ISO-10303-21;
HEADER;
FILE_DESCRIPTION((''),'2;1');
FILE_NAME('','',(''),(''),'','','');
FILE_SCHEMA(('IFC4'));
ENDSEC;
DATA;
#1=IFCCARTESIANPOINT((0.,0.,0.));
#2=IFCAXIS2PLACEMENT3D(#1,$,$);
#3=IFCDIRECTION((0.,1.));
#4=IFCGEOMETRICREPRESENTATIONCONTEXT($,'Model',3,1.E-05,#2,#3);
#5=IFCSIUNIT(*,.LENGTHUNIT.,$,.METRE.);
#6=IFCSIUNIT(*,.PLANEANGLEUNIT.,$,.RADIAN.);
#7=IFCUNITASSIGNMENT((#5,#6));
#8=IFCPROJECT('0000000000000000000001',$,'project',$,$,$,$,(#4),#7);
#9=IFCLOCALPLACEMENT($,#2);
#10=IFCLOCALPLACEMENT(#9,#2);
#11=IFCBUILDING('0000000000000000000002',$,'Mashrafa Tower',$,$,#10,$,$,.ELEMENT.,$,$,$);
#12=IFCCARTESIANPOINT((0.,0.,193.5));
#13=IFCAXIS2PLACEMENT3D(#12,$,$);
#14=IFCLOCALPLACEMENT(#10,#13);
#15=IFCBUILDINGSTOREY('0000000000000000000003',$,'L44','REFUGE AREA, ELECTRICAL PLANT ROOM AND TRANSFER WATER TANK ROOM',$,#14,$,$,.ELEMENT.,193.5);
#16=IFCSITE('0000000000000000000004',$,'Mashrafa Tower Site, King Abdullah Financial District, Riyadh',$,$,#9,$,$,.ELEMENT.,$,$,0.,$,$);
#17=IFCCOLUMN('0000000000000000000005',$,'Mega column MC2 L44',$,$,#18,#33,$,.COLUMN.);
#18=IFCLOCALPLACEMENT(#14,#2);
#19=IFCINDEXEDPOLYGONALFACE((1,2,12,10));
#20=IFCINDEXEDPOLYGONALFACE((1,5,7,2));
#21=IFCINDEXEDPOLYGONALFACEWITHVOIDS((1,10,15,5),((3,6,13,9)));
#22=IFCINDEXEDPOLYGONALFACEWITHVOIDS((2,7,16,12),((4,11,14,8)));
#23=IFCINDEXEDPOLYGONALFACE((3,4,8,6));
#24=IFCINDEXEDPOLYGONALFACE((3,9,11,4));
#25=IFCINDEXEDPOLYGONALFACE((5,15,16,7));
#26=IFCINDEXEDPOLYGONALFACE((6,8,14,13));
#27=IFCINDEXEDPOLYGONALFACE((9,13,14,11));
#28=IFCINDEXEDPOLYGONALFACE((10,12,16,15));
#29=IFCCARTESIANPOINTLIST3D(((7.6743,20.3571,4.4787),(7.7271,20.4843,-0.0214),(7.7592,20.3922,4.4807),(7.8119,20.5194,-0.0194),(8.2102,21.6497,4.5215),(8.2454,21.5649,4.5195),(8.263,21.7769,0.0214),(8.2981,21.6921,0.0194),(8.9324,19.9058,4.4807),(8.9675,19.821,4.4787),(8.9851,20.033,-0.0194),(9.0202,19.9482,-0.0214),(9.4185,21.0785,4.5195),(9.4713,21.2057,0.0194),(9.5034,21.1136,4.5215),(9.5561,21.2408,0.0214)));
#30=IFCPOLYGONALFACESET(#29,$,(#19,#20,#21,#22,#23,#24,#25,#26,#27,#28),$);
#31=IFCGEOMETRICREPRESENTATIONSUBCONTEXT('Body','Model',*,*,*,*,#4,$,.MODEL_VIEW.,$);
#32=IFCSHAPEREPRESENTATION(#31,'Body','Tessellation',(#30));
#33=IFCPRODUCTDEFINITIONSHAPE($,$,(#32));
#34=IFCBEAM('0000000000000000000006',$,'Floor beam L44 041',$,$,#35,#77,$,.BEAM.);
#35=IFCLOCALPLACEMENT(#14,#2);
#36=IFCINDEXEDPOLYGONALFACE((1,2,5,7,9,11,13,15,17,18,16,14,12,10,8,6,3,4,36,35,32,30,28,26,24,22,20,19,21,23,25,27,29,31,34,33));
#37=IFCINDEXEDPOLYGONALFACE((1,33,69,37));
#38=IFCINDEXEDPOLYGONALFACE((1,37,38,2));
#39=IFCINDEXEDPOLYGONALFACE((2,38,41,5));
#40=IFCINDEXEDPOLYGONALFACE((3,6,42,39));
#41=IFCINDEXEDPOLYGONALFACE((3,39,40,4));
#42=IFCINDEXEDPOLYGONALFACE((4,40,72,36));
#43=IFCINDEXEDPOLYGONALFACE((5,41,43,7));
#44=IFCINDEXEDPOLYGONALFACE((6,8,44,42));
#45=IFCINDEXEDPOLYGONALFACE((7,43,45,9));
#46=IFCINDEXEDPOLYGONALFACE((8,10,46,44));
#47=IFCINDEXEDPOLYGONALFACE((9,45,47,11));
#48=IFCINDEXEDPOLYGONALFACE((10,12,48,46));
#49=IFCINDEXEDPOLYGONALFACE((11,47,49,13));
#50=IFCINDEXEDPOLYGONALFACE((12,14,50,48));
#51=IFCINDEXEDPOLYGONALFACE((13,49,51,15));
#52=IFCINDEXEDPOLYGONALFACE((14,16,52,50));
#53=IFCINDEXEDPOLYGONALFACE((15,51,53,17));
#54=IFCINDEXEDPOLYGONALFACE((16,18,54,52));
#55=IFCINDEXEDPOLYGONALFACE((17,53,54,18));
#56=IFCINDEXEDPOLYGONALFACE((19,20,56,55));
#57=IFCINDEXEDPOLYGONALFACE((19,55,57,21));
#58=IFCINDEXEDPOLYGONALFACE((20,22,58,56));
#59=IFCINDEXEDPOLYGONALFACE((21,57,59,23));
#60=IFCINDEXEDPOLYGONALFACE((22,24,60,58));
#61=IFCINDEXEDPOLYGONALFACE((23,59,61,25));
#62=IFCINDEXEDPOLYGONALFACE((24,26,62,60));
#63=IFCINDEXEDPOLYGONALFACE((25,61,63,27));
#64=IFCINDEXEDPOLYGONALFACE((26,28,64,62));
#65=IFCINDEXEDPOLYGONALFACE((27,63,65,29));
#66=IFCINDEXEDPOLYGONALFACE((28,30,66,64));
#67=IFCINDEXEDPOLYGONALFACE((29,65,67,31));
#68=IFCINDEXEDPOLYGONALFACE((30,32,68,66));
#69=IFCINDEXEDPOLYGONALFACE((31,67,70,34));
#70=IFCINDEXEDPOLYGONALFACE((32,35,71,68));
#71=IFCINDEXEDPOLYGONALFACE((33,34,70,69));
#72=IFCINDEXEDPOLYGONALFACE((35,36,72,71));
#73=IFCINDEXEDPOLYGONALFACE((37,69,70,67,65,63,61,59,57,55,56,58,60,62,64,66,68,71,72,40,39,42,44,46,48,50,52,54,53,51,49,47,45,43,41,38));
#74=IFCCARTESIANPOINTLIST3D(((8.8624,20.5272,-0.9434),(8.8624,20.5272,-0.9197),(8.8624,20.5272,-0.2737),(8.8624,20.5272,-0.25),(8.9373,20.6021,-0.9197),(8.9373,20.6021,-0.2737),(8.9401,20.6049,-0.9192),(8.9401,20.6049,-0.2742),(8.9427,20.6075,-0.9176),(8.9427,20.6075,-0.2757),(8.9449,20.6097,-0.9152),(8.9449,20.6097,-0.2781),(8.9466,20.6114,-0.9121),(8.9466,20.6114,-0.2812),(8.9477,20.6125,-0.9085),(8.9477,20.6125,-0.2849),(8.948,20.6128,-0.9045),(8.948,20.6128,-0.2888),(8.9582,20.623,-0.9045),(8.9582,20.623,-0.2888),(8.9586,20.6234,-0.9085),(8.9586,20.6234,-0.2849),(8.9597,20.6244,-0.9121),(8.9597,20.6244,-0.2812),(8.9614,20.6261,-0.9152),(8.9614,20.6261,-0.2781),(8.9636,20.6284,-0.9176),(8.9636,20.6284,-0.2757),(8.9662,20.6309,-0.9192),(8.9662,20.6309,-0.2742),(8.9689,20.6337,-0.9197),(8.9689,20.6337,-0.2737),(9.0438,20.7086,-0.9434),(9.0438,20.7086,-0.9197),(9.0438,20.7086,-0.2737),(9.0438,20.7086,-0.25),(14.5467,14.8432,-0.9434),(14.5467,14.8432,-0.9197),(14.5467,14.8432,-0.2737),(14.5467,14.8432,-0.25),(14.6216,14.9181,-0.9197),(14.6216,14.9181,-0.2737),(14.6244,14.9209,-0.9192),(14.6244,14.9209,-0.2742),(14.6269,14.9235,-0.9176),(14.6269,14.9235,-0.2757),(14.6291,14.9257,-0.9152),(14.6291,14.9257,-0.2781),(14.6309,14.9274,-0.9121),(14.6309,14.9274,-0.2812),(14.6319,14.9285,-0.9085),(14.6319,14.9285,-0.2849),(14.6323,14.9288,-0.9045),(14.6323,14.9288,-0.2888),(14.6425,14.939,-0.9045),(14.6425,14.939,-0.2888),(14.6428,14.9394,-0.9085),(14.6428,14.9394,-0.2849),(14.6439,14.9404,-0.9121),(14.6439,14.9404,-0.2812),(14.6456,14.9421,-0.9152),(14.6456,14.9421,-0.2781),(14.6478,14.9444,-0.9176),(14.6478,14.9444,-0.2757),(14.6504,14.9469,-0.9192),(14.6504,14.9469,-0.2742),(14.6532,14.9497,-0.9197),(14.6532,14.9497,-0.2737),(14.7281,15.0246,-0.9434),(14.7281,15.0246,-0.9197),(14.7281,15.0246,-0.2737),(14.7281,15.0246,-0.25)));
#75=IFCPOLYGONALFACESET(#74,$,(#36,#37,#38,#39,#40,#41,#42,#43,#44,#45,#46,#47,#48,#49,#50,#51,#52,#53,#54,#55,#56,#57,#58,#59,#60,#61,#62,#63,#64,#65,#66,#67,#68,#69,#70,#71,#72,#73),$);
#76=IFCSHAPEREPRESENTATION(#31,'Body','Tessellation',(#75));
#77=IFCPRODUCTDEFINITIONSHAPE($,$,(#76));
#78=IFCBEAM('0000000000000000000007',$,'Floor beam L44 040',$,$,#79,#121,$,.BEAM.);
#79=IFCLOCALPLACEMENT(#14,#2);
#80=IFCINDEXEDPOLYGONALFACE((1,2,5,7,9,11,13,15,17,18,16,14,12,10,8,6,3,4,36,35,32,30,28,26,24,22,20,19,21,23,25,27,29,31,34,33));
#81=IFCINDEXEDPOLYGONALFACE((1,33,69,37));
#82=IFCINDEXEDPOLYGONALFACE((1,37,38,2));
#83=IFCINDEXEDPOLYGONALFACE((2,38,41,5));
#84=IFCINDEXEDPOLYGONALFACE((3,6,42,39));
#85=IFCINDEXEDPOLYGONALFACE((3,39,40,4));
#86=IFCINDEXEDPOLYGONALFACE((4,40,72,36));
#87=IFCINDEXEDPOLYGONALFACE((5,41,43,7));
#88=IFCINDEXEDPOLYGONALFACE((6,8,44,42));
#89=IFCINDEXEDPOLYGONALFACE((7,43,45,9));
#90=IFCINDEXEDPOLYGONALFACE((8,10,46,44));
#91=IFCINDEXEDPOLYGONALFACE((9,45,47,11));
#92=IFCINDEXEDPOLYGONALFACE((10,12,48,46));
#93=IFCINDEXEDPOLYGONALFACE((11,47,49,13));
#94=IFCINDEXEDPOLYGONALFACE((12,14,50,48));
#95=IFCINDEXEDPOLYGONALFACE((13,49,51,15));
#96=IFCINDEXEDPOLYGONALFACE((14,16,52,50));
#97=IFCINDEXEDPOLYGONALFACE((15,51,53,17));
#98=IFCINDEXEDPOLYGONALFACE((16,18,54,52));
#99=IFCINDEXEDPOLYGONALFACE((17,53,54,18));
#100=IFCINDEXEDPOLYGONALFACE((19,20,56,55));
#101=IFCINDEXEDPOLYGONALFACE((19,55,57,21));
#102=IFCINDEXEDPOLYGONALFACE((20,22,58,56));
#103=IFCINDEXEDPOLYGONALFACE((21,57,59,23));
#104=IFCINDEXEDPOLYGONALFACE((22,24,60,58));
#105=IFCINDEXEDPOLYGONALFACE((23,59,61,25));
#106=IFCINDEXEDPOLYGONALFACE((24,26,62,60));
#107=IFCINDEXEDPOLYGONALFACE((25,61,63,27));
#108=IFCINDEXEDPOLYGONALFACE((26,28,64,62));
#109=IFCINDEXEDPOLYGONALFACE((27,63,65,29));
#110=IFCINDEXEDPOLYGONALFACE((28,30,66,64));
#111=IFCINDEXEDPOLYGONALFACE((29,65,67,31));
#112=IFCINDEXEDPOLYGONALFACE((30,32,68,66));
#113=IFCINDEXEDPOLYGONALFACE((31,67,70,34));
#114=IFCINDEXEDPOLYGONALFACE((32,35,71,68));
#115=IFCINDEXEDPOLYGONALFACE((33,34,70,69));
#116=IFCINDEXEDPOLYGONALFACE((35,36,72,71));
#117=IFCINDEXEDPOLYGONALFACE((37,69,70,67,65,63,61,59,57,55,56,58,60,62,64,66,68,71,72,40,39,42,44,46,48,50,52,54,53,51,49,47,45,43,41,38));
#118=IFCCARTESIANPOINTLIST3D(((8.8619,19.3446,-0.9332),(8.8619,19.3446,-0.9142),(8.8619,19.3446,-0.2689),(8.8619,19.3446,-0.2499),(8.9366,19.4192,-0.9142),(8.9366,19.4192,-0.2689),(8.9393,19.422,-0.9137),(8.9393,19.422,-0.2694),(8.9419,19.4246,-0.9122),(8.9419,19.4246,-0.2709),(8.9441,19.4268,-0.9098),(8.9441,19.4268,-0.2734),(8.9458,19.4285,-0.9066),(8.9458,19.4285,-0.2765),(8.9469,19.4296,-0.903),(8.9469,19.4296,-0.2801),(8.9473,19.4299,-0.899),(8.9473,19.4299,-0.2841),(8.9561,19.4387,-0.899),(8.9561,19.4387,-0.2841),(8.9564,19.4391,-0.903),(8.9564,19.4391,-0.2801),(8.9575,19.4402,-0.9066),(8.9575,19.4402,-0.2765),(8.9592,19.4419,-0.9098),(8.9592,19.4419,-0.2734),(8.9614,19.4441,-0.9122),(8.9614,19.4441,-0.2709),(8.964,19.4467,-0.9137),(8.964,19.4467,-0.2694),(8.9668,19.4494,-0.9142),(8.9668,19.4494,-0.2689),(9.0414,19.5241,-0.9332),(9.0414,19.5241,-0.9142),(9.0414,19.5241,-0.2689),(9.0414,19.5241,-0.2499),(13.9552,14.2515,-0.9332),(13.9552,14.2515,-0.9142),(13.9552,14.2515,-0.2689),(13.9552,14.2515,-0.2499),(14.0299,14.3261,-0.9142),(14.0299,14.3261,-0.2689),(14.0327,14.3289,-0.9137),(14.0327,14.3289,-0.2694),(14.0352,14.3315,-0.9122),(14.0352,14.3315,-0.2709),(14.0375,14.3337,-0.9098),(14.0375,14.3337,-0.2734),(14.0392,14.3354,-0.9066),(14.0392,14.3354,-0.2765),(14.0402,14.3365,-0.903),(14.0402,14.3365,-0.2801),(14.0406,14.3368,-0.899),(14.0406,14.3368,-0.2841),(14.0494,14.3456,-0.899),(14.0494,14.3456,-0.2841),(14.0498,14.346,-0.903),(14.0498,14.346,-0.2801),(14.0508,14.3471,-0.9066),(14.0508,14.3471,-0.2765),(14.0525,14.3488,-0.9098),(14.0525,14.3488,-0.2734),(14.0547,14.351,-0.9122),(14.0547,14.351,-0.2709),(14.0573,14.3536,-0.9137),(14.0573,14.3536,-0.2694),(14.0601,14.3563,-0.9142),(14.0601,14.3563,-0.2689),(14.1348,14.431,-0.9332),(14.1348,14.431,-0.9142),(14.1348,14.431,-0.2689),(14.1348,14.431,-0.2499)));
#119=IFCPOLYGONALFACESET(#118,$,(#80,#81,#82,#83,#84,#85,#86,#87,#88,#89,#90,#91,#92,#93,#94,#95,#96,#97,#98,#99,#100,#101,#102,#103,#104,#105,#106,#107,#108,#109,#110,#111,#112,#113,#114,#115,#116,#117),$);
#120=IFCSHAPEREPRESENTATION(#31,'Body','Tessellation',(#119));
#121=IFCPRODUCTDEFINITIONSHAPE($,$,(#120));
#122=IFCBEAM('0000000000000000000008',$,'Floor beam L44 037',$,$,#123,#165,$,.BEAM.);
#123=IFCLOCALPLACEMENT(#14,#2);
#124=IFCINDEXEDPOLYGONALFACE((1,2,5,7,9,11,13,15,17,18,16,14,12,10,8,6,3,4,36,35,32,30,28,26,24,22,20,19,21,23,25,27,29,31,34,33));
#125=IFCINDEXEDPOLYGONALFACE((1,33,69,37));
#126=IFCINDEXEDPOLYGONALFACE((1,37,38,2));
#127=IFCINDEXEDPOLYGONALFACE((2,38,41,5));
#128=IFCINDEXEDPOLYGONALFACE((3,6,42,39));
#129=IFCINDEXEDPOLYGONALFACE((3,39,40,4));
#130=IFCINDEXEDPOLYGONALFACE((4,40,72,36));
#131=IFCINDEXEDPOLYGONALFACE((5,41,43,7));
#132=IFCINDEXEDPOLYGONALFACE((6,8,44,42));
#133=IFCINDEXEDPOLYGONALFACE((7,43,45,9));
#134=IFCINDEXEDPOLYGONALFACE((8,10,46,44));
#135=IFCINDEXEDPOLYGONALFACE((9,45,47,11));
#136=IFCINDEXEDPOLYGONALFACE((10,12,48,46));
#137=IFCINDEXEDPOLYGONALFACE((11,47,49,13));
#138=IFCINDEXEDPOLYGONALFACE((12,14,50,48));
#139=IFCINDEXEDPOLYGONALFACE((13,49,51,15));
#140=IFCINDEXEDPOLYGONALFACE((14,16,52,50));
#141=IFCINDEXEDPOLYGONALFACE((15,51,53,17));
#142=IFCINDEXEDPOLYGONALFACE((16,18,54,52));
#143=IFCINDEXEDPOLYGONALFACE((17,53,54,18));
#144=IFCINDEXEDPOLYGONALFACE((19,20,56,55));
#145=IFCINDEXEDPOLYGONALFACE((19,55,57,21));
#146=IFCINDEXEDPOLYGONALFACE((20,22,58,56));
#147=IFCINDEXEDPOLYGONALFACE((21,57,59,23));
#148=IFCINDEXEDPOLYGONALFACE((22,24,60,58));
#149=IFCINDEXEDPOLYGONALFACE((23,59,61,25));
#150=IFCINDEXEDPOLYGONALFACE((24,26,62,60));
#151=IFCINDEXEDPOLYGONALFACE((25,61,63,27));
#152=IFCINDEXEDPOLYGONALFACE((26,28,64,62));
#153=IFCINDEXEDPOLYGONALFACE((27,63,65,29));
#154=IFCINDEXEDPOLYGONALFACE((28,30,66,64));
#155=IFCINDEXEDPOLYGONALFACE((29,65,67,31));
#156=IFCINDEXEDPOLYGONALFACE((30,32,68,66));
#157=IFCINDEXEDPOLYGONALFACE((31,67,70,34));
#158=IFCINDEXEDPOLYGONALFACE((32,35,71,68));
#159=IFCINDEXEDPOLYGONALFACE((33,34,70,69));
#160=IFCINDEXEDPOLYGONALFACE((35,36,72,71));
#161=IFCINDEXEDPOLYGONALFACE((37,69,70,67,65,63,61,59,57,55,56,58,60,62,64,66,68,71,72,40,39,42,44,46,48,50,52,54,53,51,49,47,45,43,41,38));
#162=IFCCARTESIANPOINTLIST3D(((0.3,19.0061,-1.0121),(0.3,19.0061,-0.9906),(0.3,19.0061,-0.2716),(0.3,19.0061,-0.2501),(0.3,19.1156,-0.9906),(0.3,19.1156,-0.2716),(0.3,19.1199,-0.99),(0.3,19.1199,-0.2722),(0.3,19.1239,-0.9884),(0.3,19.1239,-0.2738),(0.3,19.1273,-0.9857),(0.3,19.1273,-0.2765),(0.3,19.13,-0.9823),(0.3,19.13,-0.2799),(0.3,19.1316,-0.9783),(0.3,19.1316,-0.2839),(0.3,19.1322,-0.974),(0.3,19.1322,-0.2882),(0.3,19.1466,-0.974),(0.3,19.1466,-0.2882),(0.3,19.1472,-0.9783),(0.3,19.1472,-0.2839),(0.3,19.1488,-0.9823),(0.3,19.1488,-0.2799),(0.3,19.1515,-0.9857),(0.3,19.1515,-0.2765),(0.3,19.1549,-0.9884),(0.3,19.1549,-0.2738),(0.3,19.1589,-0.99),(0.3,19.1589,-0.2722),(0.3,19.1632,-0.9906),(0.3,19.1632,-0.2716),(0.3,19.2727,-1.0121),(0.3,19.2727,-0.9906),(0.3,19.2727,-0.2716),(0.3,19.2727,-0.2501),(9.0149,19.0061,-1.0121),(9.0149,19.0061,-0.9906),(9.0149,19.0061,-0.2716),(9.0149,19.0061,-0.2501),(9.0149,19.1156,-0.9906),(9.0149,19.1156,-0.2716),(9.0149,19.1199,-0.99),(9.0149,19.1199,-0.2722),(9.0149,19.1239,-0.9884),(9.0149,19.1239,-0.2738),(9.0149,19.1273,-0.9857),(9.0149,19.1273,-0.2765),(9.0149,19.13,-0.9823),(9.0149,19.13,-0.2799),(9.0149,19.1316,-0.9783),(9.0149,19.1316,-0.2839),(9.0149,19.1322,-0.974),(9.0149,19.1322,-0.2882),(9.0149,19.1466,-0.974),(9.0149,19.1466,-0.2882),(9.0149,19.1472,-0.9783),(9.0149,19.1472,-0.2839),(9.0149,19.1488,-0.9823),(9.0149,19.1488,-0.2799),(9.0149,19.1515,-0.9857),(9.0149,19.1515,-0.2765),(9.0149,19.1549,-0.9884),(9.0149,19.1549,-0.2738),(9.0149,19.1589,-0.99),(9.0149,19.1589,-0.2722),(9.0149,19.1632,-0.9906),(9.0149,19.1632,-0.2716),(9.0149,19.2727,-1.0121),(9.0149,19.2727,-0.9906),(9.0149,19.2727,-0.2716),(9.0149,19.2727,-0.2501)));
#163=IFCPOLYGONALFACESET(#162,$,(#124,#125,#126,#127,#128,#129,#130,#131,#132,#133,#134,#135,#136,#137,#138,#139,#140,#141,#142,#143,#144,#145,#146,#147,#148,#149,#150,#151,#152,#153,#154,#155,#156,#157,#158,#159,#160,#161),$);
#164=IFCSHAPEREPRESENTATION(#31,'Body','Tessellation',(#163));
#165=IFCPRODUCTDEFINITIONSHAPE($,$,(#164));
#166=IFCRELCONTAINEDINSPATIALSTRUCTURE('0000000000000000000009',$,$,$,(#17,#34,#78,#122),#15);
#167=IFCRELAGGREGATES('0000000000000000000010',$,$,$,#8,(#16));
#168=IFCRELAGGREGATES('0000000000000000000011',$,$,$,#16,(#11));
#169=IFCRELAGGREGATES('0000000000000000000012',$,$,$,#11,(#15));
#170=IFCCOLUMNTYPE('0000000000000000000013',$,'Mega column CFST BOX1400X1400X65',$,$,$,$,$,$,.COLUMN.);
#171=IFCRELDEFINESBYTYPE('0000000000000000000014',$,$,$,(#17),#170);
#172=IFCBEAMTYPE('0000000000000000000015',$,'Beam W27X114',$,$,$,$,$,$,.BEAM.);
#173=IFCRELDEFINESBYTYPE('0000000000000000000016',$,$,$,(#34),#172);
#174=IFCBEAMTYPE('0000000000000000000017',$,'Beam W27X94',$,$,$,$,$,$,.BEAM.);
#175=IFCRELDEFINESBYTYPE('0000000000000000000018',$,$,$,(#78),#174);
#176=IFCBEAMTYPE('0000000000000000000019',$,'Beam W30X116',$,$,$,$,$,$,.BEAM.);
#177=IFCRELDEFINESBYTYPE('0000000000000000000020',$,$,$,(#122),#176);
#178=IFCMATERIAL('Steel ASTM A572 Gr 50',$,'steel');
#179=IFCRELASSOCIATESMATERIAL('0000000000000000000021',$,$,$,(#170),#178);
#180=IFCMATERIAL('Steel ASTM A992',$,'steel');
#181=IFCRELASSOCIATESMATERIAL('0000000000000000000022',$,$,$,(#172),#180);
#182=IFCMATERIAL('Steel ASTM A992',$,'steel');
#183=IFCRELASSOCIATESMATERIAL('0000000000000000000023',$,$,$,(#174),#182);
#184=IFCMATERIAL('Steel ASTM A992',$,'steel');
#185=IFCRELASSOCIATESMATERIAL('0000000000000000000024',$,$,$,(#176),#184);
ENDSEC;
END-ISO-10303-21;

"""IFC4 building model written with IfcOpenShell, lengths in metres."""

from ifc_helpers import new_model, si_unit, direction, frame, origin, origin_2d, place, context, subcontext, project, spatial, hollow_rectangle, i_section, extrude, material, material_profile, profile_set, type_object, element, save


model = new_model("IFC4")

# Units and contexts
model_context = context("Model", 3, precision=1e-05, world=origin(), true_north=direction((0.0, 1.0)))
body_context = subcontext(model_context, "Body", "Model", "MODEL_VIEW")
ifc_project = project(units=[si_unit("LENGTHUNIT", "METRE"), si_unit("PLANEANGLEUNIT", "RADIAN")], contexts=[model_context])

# Site, building, storey
site_placement = place(None, origin())
site = spatial("IfcSite", under=ifc_project, at=site_placement, Name="Mashrafa Tower Site, King Abdullah Financial District, Riyadh", CompositionType="ELEMENT", RefElevation=0.0)
building_placement = place(site_placement, origin())
building = spatial("IfcBuilding", under=site, at=building_placement, Name="Mashrafa Tower", CompositionType="ELEMENT")
storey_placement = place(building_placement, frame((0.0, 0.0, 193.5)))
storey = spatial("IfcBuildingStorey", under=building, at=storey_placement, Name="L44", Description="REFUGE AREA, ELECTRICAL PLANT ROOM AND TRANSFER WATER TANK ROOM", CompositionType="ELEMENT", Elevation=193.5)

# Column
ifc_material_1 = material(Name="Steel ASTM A572 Gr 50", Category="steel")
ifc_material_profile_1 = material_profile(ifc_material_1, hollow_rectangle(XDim=1.3999, YDim=1.3999, WallThickness=0.0649, at=origin_2d()), Name="BOX1400X1400X65")
ifc_profile_set_1 = profile_set([ifc_material_profile_1], Name="Steel ASTM A572 Gr 50")
column_type = type_object("IfcColumnType", Name="Mega column CFST BOX1400X1400X65", PredefinedType="COLUMN", material=ifc_profile_set_1)
column_placement = place(storey_placement, frame((8.6416, 20.8625, 0.0), z_axis=(-0.011713, -0.028253, 0.999532), x_axis=(0.923757, -0.382978, 0.0)))
element("IfcColumn", 1, at=column_placement, inside=storey, type_object=column_type, Name="Mega column MC2 L44", PredefinedType="COLUMN", context=body_context, shape_type="SweptSolid", body=[
    extrude(hollow_rectangle(XDim=1.3999, YDim=1.3999, WallThickness=0.0649, at=origin_2d()), origin(), (0.0, 0.0, 1.0), 4.5022),
])

# Beams
ifc_material_2 = material(Name="Steel ASTM A992", Category="steel")
ifc_material_profile_2 = material_profile(ifc_material_2, i_section(OverallWidth=0.2566, OverallDepth=0.6934, WebThickness=0.0144, FlangeThickness=0.0237, FilletRadius=0.0151, at=origin_2d()), Name="W27X114")
ifc_profile_set_2 = profile_set([ifc_material_profile_2], Name="Steel ASTM A992")
beam_type_1 = type_object("IfcBeamType", Name="Beam W27X114", PredefinedType="BEAM", material=ifc_profile_set_2)
beam_1_placement = place(storey_placement, frame((8.9531, 20.6179, -0.5967), z_axis=(0.707122, -0.707092, 0.0), x_axis=(0.707092, 0.707122, 0.0)))
element("IfcBeam", 2, at=beam_1_placement, inside=storey, type_object=beam_type_1, Name="Floor beam L44 041", PredefinedType="BEAM", context=body_context, shape_type="SweptSolid", body=[
    extrude(i_section(OverallWidth=0.2566, OverallDepth=0.6934, WebThickness=0.0144, FlangeThickness=0.0237, FilletRadius=0.0151, at=origin_2d()), origin(), (0.0, 0.0, 1.0), 8.0386),
])
ifc_material_3 = material(Name="Steel ASTM A992", Category="steel")
ifc_material_profile_3 = material_profile(ifc_material_3, i_section(OverallWidth=0.2539, OverallDepth=0.6833, WebThickness=0.0125, FlangeThickness=0.019, FilletRadius=0.0151, at=origin_2d()), Name="W27X94")
ifc_profile_set_3 = profile_set([ifc_material_profile_3], Name="Steel ASTM A992")
beam_type_2 = type_object("IfcBeamType", Name="Beam W27X94", PredefinedType="BEAM", material=ifc_profile_set_3)
beam_2_placement = place(storey_placement, frame((8.9517, 19.4343, -0.5916), z_axis=(0.707124, -0.70709, 0.0), x_axis=(0.70709, 0.707124, 0.0)))
element("IfcBeam", 3, at=beam_2_placement, inside=storey, type_object=beam_type_2, Name="Floor beam L44 040", PredefinedType="BEAM", context=body_context, shape_type="SweptSolid", body=[
    extrude(i_section(OverallWidth=0.2539, OverallDepth=0.6833, WebThickness=0.0125, FlangeThickness=0.019, FilletRadius=0.0151, at=origin_2d()), origin(), (0.0, 0.0, 1.0), 7.2029),
])
ifc_material_4 = material(Name="Steel ASTM A992", Category="steel")
ifc_material_profile_4 = material_profile(ifc_material_4, i_section(OverallWidth=0.2666, OverallDepth=0.762, WebThickness=0.0144, FlangeThickness=0.0215, FilletRadius=0.0166, at=origin_2d()), Name="W30X116")
ifc_profile_set_4 = profile_set([ifc_material_profile_4], Name="Steel ASTM A992")
beam_type_3 = type_object("IfcBeamType", Name="Beam W30X116", PredefinedType="BEAM", material=ifc_profile_set_4)
beam_3_placement = place(storey_placement, frame((0.3, 19.1394, -0.6311), z_axis=(1.0, 0.0, 0.0), x_axis=(0.0, 1.0, 0.0)))
element("IfcBeam", 4, at=beam_3_placement, inside=storey, type_object=beam_type_3, Name="Floor beam L44 037", PredefinedType="BEAM", context=body_context, shape_type="SweptSolid", body=[
    extrude(i_section(OverallWidth=0.2666, OverallDepth=0.762, WebThickness=0.0144, FlangeThickness=0.0215, FilletRadius=0.0166, at=origin_2d()), origin(), (0.0, 0.0, 1.0), 8.7148),
])

save(model, "model.ifc")
